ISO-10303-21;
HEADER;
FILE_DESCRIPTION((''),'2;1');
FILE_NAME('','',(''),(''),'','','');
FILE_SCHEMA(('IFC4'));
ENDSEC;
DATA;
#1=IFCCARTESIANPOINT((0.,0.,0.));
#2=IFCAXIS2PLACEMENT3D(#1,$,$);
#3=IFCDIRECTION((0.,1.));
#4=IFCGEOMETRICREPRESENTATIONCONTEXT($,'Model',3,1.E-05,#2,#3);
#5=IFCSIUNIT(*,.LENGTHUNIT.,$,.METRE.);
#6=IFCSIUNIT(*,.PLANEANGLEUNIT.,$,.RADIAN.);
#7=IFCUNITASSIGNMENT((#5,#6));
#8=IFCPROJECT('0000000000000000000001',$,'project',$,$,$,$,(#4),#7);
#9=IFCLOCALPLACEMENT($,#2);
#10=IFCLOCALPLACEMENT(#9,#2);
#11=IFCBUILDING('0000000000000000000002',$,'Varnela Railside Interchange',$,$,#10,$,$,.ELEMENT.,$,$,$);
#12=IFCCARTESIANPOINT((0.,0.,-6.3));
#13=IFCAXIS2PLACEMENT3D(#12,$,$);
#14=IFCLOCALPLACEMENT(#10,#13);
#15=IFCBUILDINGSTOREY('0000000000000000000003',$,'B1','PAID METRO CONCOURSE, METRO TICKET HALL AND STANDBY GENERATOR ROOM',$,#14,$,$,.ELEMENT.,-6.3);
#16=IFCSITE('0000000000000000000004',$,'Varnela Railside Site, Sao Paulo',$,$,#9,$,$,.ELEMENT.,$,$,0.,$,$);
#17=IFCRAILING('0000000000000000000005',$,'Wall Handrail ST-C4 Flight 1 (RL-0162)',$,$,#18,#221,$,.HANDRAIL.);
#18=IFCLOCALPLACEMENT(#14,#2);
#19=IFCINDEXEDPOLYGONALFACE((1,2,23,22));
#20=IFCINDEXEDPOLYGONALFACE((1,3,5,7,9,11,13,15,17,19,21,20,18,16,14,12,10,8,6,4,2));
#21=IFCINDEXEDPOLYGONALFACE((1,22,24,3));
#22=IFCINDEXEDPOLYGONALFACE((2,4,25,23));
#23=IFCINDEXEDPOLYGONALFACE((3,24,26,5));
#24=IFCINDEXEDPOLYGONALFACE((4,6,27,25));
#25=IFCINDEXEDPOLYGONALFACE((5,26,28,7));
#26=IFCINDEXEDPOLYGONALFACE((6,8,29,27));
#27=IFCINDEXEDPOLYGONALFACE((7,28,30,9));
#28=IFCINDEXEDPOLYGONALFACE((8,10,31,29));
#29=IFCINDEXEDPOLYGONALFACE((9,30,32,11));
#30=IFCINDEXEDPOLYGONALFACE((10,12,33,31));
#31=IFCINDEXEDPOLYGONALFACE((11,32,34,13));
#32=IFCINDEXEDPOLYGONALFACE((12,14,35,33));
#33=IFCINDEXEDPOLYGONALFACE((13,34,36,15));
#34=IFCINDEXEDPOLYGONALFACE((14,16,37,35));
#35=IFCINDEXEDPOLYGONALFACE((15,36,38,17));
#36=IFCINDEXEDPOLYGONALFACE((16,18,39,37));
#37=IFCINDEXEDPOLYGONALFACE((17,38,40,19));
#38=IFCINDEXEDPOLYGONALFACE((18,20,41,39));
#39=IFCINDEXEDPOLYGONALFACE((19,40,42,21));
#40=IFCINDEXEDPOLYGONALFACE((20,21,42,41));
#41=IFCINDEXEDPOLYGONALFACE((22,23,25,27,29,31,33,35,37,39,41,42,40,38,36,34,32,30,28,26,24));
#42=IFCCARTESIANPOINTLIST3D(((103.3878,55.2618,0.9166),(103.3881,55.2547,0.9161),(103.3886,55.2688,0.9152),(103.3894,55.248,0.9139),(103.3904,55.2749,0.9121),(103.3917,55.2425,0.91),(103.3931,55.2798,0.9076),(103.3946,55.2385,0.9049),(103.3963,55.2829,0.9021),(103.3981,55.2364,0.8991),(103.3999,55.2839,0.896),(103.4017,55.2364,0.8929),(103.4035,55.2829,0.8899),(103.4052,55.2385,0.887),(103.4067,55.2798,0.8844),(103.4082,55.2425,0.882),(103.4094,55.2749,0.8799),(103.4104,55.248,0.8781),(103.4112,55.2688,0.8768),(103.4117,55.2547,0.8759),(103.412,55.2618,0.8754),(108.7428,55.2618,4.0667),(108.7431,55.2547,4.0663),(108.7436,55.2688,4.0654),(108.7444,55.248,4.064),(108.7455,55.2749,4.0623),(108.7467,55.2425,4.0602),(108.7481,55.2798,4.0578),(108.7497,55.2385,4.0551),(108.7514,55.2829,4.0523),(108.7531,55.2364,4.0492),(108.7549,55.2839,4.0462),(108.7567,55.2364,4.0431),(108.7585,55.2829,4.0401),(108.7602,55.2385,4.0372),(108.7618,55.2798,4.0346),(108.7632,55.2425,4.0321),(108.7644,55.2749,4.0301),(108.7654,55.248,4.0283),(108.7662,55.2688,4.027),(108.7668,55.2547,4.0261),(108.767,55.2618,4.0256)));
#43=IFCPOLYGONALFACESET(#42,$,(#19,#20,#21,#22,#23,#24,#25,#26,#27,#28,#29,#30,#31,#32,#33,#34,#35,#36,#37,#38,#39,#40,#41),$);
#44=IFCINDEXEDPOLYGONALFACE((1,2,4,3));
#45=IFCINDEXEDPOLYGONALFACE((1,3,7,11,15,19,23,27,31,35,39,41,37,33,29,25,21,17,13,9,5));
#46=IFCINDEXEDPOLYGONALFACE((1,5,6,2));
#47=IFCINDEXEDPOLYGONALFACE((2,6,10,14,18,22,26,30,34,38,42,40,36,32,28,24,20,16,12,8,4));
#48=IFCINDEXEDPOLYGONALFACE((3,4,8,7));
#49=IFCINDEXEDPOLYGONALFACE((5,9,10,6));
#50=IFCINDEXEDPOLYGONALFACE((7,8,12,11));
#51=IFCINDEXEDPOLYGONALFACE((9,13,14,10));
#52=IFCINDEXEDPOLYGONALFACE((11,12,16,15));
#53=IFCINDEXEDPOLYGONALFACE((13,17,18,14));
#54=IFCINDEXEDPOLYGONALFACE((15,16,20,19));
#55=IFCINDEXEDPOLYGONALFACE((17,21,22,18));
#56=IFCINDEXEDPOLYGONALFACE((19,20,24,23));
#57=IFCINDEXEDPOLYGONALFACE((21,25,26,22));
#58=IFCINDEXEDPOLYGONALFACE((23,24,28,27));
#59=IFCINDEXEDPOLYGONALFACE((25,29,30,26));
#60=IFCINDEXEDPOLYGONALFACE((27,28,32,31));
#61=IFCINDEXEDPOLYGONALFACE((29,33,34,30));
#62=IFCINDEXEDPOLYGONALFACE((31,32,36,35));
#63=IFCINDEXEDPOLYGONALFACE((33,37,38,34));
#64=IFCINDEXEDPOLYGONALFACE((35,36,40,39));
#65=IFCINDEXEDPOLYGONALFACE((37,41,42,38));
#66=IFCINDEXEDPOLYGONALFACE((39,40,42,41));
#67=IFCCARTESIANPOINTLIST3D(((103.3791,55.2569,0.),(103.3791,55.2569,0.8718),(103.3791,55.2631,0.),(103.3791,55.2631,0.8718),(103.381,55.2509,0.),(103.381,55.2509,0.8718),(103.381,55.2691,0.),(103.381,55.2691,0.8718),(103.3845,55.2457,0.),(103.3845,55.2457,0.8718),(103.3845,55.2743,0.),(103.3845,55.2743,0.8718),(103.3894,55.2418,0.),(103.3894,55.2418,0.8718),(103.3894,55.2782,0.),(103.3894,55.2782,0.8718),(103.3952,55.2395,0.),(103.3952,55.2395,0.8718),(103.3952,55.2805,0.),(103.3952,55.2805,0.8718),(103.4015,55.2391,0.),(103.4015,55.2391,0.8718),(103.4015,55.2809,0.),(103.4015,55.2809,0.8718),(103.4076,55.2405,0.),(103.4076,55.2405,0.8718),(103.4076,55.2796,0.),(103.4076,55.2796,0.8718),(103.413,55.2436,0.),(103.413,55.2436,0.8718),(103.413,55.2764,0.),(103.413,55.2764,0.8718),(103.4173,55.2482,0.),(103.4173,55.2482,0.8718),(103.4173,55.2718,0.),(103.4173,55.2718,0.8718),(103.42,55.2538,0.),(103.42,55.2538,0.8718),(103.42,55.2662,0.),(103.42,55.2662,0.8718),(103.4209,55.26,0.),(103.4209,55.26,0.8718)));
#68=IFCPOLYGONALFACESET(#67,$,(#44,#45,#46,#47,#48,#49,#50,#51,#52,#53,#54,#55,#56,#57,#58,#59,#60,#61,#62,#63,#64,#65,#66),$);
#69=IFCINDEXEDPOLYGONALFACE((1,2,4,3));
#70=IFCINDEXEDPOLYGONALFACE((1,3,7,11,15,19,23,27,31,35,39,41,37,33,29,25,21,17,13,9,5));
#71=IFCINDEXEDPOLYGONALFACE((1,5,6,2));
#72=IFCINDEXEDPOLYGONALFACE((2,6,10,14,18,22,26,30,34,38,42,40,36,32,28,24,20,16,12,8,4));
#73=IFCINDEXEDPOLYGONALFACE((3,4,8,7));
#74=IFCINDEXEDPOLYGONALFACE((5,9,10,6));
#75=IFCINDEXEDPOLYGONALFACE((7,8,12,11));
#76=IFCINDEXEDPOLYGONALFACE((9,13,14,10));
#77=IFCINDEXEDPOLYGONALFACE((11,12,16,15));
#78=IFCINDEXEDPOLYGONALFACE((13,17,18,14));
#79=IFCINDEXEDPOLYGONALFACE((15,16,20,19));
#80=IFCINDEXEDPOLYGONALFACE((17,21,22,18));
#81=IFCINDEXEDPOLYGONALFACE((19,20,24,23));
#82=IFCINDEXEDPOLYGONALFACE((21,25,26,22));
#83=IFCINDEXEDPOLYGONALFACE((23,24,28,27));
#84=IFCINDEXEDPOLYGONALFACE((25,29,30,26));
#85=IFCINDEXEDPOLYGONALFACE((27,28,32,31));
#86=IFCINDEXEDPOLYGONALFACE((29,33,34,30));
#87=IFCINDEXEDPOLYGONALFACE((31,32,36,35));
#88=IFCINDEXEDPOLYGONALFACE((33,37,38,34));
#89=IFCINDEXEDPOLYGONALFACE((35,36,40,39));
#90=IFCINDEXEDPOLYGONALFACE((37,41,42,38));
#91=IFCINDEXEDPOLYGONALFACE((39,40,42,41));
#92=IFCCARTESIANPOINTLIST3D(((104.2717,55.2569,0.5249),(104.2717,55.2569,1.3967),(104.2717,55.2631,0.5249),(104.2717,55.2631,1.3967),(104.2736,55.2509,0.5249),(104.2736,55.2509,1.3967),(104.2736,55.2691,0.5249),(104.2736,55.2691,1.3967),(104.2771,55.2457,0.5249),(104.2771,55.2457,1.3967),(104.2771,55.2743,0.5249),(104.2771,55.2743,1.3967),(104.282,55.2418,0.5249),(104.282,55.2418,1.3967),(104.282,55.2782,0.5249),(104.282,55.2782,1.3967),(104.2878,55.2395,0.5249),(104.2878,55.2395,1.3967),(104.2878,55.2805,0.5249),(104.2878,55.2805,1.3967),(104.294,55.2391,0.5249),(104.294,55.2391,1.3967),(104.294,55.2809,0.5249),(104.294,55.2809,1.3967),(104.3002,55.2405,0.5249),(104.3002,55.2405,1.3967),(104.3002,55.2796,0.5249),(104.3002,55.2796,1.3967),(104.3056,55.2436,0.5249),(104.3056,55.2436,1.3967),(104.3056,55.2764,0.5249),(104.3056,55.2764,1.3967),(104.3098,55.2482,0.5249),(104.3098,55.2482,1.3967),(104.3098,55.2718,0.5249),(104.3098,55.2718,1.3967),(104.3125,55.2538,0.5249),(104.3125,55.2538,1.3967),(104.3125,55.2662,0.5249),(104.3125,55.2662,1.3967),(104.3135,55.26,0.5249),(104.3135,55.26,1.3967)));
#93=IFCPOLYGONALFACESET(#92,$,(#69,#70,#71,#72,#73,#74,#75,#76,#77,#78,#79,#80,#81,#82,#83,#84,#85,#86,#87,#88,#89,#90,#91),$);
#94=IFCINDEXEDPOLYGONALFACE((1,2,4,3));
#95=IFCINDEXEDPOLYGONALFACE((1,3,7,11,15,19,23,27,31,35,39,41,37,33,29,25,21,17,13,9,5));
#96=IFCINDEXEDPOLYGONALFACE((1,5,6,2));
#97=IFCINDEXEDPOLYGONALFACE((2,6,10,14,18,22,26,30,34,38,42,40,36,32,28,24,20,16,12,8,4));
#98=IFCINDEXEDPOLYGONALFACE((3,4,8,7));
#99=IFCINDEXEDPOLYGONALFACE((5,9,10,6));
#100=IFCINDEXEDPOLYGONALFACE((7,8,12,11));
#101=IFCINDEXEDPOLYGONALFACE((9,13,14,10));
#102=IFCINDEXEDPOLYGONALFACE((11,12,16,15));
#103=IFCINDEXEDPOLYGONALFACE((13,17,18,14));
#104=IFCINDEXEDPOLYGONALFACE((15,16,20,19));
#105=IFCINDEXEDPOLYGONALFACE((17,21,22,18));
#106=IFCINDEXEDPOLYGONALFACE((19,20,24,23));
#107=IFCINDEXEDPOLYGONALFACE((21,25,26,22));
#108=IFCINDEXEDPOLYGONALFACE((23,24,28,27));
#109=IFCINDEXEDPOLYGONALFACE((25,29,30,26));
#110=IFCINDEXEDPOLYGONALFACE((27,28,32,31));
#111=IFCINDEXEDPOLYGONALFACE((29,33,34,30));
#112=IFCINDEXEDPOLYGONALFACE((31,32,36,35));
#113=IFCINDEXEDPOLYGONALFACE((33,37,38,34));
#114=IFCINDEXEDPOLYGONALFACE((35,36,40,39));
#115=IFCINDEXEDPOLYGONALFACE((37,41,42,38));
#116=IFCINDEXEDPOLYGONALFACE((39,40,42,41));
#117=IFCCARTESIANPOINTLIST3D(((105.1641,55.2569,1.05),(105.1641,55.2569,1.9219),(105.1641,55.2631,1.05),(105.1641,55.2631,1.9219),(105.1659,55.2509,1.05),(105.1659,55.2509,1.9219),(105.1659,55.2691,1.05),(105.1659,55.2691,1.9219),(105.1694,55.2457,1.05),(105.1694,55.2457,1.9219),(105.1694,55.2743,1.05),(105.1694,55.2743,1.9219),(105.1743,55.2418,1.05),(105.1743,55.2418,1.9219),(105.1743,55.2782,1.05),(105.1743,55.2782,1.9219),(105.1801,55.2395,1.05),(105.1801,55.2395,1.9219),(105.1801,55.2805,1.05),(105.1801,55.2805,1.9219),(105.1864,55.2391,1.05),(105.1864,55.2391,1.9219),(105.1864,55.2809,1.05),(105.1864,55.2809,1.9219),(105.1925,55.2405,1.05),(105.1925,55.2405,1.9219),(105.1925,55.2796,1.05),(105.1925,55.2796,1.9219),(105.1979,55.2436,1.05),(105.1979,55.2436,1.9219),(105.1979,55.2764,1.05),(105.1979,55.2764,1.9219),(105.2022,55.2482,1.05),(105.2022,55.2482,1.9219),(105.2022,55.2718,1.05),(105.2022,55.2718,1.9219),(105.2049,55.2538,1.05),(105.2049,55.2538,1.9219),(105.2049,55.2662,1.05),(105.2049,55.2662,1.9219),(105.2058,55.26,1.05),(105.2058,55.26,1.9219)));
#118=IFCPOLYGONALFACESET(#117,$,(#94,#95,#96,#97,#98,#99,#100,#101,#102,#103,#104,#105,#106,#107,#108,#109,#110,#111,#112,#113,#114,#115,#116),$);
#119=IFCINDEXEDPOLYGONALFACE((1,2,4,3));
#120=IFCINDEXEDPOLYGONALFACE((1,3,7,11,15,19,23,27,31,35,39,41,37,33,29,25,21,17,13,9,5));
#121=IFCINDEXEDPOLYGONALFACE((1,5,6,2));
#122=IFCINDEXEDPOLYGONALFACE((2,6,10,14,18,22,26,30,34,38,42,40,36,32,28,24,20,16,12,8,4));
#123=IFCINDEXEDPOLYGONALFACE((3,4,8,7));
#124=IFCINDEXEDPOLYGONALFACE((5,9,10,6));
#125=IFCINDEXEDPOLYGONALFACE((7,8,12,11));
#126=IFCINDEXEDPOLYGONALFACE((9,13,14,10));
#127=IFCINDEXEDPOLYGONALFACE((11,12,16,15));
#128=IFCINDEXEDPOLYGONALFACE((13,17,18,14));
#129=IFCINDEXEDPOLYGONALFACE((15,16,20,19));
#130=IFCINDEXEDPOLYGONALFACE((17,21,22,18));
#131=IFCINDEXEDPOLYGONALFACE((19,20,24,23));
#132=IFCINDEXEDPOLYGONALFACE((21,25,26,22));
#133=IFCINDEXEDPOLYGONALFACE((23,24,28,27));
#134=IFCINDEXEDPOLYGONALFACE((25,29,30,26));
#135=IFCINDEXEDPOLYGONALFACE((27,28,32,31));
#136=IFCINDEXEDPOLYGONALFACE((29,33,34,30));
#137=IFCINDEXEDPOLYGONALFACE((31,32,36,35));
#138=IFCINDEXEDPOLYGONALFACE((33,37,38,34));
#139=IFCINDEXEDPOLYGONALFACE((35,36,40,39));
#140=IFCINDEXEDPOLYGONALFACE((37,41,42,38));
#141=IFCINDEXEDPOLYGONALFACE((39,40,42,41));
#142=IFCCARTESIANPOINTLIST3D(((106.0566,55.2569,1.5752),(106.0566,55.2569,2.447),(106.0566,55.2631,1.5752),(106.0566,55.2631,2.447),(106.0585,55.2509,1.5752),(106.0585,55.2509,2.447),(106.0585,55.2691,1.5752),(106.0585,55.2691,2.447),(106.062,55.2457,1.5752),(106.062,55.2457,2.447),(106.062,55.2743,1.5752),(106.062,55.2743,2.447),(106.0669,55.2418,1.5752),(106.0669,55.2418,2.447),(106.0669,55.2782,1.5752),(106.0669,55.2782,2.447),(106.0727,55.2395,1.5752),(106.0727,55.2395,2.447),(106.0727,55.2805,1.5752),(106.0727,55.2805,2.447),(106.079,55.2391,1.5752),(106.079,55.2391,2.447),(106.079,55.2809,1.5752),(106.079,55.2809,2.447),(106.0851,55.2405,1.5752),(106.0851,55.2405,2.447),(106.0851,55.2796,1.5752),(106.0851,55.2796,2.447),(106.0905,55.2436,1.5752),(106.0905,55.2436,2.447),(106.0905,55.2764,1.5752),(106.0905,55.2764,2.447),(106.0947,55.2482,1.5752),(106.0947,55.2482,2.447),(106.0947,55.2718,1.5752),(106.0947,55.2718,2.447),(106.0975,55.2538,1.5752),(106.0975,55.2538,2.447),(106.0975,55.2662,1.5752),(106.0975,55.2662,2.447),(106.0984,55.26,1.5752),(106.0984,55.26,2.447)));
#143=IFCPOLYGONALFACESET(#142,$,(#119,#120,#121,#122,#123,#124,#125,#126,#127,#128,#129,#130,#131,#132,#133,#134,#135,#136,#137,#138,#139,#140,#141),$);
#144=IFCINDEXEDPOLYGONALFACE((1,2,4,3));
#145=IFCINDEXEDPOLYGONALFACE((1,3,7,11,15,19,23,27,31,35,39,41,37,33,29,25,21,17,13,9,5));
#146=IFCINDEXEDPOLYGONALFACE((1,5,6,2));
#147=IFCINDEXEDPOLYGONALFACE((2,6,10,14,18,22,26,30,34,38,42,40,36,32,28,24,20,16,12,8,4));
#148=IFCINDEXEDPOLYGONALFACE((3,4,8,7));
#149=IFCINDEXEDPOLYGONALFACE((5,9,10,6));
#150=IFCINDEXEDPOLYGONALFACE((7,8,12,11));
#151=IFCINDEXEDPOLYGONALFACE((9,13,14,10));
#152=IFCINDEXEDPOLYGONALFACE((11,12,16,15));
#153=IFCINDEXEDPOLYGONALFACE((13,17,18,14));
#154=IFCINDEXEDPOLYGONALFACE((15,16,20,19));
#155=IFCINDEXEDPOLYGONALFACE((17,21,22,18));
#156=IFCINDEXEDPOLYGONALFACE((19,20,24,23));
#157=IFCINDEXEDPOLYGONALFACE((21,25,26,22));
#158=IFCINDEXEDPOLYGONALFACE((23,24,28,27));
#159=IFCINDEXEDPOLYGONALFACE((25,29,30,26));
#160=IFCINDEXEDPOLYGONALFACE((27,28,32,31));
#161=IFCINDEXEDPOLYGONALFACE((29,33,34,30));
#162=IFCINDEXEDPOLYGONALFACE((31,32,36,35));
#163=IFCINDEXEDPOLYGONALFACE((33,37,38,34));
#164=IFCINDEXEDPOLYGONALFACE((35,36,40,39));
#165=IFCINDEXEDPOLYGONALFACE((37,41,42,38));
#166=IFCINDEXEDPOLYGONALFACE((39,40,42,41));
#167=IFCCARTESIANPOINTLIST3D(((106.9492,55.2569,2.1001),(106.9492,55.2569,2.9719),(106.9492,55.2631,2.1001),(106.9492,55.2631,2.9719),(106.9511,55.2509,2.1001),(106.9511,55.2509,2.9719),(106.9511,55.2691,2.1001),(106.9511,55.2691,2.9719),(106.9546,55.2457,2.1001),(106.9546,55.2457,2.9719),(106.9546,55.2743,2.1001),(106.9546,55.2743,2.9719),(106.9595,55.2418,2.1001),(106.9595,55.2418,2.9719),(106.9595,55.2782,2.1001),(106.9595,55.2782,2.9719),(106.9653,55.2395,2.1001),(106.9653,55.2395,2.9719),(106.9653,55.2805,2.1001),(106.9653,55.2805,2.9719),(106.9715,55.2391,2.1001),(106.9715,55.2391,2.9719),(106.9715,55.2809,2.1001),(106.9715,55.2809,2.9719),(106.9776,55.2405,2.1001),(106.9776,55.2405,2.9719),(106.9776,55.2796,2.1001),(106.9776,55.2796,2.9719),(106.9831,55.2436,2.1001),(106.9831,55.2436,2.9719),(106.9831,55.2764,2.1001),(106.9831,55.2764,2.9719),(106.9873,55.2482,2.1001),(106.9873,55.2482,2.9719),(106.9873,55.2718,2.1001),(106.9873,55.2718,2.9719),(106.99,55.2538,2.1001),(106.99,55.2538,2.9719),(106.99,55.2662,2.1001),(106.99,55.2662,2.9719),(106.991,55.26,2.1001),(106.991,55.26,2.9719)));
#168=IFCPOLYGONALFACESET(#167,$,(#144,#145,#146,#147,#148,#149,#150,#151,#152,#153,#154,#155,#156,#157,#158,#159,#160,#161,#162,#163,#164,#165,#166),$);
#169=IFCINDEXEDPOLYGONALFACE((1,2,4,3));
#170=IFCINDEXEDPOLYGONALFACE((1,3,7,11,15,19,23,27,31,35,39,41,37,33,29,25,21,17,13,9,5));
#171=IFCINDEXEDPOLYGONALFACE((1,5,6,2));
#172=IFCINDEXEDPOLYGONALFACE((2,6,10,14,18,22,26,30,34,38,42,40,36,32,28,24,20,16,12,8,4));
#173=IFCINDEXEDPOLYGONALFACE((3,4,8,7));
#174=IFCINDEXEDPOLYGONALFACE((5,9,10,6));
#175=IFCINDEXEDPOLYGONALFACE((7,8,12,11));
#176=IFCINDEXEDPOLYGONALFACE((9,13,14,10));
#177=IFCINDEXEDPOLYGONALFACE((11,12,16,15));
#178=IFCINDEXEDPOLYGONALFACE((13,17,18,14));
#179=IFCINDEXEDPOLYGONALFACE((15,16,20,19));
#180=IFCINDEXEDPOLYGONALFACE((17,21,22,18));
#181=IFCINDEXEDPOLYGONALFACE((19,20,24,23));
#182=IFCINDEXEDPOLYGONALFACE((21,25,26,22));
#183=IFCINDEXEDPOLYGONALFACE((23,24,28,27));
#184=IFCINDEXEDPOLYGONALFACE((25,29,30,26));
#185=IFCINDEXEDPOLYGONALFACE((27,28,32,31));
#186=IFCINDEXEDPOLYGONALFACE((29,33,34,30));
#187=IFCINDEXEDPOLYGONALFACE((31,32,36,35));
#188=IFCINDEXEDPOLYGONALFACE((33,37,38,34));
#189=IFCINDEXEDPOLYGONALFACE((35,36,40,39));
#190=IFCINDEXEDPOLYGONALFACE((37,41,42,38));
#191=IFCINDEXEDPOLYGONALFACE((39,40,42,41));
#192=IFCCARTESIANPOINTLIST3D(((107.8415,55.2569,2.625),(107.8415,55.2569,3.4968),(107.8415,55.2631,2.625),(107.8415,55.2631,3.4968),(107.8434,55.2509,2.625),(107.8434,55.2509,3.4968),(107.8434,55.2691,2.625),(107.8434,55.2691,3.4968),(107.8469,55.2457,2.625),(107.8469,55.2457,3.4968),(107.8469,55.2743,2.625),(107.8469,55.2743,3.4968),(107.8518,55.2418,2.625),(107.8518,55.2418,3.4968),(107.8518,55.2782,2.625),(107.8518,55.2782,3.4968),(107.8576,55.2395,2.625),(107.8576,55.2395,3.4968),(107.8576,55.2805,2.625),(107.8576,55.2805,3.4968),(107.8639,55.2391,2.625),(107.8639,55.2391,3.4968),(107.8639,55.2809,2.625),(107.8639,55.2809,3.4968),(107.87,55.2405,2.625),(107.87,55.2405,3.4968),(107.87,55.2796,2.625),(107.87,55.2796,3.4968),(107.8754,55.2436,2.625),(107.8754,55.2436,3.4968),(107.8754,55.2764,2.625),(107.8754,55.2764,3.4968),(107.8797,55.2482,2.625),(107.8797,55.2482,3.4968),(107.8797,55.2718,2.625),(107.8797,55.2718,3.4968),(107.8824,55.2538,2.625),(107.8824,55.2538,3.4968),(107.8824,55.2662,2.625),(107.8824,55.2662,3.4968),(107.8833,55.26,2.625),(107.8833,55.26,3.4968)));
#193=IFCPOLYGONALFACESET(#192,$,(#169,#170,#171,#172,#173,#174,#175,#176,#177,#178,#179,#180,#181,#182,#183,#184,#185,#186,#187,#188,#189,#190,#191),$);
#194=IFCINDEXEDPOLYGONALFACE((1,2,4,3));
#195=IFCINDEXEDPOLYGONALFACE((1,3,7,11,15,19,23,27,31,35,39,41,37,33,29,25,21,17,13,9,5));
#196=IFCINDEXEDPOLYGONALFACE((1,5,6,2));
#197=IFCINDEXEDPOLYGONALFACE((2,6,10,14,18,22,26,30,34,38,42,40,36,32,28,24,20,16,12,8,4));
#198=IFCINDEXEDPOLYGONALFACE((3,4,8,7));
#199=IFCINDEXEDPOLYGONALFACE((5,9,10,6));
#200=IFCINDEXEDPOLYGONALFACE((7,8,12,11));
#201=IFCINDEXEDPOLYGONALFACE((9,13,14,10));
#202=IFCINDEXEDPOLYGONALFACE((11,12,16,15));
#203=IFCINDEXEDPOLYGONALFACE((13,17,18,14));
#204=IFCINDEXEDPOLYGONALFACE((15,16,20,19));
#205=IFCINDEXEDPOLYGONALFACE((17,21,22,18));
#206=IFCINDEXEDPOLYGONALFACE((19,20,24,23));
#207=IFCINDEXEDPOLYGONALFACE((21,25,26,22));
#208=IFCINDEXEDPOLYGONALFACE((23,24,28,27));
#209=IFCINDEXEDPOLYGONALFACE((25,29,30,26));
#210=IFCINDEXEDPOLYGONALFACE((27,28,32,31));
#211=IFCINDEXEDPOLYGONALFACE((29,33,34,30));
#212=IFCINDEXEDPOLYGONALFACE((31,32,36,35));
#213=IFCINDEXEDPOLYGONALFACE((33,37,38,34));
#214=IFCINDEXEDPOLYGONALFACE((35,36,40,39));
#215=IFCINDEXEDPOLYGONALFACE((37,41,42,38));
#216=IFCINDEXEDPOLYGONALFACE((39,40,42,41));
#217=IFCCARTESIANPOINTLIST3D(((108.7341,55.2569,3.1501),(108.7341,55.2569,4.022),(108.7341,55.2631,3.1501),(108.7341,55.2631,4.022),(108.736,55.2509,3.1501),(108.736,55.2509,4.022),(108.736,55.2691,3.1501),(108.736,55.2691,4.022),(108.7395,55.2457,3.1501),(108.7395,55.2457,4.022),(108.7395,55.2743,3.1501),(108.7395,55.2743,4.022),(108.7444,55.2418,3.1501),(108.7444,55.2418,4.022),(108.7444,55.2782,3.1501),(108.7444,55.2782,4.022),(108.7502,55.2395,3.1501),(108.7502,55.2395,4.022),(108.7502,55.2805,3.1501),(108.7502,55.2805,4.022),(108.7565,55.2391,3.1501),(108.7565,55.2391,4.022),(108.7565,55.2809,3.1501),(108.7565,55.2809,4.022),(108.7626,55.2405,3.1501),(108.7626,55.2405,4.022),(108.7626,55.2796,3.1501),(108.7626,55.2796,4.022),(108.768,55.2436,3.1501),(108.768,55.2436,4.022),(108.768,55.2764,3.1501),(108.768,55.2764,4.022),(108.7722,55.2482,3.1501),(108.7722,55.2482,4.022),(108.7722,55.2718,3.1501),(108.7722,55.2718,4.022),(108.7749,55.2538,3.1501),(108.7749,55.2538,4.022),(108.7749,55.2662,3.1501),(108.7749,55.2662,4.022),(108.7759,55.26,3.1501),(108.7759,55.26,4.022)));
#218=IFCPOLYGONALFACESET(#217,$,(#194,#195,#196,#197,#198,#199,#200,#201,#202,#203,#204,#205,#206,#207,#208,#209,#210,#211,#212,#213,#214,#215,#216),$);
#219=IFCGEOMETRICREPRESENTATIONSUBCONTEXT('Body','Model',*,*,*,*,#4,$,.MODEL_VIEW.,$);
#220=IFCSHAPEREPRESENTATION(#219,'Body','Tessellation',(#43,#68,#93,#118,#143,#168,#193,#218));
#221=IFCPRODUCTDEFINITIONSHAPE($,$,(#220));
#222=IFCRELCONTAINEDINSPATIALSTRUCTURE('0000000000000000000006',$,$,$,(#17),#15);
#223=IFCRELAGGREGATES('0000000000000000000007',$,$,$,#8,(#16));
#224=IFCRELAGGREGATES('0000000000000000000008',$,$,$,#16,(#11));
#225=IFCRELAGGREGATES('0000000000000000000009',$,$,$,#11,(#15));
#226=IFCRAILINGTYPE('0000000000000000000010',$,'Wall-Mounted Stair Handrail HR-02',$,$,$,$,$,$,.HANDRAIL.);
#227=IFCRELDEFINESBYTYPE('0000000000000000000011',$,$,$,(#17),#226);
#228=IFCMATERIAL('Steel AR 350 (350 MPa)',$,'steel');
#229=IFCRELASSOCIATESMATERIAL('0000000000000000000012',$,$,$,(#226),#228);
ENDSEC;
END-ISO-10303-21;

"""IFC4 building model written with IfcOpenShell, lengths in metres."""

from ifc_helpers import new_model, si_unit, direction, frame, origin, origin_2d, place, context, subcontext, project, spatial, circle, extrude, material, type_object, element, save


model = new_model("IFC4")

# Units and contexts
model_context = context("Model", 3, precision=1e-05, world=origin(), true_north=direction((0.0, 1.0)))
body_context = subcontext(model_context, "Body", "Model", "MODEL_VIEW")
ifc_project = project(units=[si_unit("LENGTHUNIT", "METRE"), si_unit("PLANEANGLEUNIT", "RADIAN")], contexts=[model_context])

# Site, building, storey
site_placement = place(None, origin())
site = spatial("IfcSite", under=ifc_project, at=site_placement, Name="Varnela Railside Site, Sao Paulo", CompositionType="ELEMENT", RefElevation=0.0)
building_placement = place(site_placement, origin())
building = spatial("IfcBuilding", under=site, at=building_placement, Name="Varnela Railside Interchange", CompositionType="ELEMENT")
storey_placement = place(building_placement, frame((0.0, 0.0, -6.3)))
storey = spatial("IfcBuildingStorey", under=building, at=storey_placement, Name="B1", Description="PAID METRO CONCOURSE, METRO TICKET HALL AND STANDBY GENERATOR ROOM", CompositionType="ELEMENT", Elevation=-6.3)

# Shared definitions
ifc_material_1 = material(Name="Steel AR 350 (350 MPa)", Category="steel")

# Railing
railing_type_1 = type_object("IfcRailingType", Name="Wall-Mounted Stair Handrail HR-02", PredefinedType="HANDRAIL", material=ifc_material_1)
railing_1_placement = place(storey_placement, frame((103.3999, 55.26, 0.0)))
element("IfcRailing", 1, at=railing_1_placement, inside=storey, type_object=railing_type_1, Name="Wall Handrail ST-C4 Flight 1 (RL-0162)", PredefinedType="HANDRAIL", context=body_context, shape_type="SweptSolid", body=[
    extrude(circle(Radius=0.0239, at=origin_2d()), frame((0.0, 0.0, 0.896), z_axis=(0.861923, 0.0, 0.507039), x_axis=(0.0, 1.0, 0.0)), (0.0, 0.0, 1.0), 6.2129),
    extrude(circle(Radius=0.021, at=origin_2d()), origin(), (0.0, 0.0, 1.0), 0.8718),
    extrude(circle(Radius=0.021, at=origin_2d()), frame((0.8926, 0.0, 0.5249)), (0.0, 0.0, 1.0), 0.8718),
    extrude(circle(Radius=0.021, at=origin_2d()), frame((1.7849, 0.0, 1.05)), (0.0, 0.0, 1.0), 0.8718),
    extrude(circle(Radius=0.021, at=origin_2d()), frame((2.6775, 0.0, 1.5752)), (0.0, 0.0, 1.0), 0.8718),
    extrude(circle(Radius=0.021, at=origin_2d()), frame((3.5701, 0.0, 2.1001)), (0.0, 0.0, 1.0), 0.8718),
    extrude(circle(Radius=0.021, at=origin_2d()), frame((4.4624, 0.0, 2.625)), (0.0, 0.0, 1.0), 0.8718),
    extrude(circle(Radius=0.021, at=origin_2d()), frame((5.355, 0.0, 3.1501)), (0.0, 0.0, 1.0), 0.8718),
])

save(model, "model.ifc")
